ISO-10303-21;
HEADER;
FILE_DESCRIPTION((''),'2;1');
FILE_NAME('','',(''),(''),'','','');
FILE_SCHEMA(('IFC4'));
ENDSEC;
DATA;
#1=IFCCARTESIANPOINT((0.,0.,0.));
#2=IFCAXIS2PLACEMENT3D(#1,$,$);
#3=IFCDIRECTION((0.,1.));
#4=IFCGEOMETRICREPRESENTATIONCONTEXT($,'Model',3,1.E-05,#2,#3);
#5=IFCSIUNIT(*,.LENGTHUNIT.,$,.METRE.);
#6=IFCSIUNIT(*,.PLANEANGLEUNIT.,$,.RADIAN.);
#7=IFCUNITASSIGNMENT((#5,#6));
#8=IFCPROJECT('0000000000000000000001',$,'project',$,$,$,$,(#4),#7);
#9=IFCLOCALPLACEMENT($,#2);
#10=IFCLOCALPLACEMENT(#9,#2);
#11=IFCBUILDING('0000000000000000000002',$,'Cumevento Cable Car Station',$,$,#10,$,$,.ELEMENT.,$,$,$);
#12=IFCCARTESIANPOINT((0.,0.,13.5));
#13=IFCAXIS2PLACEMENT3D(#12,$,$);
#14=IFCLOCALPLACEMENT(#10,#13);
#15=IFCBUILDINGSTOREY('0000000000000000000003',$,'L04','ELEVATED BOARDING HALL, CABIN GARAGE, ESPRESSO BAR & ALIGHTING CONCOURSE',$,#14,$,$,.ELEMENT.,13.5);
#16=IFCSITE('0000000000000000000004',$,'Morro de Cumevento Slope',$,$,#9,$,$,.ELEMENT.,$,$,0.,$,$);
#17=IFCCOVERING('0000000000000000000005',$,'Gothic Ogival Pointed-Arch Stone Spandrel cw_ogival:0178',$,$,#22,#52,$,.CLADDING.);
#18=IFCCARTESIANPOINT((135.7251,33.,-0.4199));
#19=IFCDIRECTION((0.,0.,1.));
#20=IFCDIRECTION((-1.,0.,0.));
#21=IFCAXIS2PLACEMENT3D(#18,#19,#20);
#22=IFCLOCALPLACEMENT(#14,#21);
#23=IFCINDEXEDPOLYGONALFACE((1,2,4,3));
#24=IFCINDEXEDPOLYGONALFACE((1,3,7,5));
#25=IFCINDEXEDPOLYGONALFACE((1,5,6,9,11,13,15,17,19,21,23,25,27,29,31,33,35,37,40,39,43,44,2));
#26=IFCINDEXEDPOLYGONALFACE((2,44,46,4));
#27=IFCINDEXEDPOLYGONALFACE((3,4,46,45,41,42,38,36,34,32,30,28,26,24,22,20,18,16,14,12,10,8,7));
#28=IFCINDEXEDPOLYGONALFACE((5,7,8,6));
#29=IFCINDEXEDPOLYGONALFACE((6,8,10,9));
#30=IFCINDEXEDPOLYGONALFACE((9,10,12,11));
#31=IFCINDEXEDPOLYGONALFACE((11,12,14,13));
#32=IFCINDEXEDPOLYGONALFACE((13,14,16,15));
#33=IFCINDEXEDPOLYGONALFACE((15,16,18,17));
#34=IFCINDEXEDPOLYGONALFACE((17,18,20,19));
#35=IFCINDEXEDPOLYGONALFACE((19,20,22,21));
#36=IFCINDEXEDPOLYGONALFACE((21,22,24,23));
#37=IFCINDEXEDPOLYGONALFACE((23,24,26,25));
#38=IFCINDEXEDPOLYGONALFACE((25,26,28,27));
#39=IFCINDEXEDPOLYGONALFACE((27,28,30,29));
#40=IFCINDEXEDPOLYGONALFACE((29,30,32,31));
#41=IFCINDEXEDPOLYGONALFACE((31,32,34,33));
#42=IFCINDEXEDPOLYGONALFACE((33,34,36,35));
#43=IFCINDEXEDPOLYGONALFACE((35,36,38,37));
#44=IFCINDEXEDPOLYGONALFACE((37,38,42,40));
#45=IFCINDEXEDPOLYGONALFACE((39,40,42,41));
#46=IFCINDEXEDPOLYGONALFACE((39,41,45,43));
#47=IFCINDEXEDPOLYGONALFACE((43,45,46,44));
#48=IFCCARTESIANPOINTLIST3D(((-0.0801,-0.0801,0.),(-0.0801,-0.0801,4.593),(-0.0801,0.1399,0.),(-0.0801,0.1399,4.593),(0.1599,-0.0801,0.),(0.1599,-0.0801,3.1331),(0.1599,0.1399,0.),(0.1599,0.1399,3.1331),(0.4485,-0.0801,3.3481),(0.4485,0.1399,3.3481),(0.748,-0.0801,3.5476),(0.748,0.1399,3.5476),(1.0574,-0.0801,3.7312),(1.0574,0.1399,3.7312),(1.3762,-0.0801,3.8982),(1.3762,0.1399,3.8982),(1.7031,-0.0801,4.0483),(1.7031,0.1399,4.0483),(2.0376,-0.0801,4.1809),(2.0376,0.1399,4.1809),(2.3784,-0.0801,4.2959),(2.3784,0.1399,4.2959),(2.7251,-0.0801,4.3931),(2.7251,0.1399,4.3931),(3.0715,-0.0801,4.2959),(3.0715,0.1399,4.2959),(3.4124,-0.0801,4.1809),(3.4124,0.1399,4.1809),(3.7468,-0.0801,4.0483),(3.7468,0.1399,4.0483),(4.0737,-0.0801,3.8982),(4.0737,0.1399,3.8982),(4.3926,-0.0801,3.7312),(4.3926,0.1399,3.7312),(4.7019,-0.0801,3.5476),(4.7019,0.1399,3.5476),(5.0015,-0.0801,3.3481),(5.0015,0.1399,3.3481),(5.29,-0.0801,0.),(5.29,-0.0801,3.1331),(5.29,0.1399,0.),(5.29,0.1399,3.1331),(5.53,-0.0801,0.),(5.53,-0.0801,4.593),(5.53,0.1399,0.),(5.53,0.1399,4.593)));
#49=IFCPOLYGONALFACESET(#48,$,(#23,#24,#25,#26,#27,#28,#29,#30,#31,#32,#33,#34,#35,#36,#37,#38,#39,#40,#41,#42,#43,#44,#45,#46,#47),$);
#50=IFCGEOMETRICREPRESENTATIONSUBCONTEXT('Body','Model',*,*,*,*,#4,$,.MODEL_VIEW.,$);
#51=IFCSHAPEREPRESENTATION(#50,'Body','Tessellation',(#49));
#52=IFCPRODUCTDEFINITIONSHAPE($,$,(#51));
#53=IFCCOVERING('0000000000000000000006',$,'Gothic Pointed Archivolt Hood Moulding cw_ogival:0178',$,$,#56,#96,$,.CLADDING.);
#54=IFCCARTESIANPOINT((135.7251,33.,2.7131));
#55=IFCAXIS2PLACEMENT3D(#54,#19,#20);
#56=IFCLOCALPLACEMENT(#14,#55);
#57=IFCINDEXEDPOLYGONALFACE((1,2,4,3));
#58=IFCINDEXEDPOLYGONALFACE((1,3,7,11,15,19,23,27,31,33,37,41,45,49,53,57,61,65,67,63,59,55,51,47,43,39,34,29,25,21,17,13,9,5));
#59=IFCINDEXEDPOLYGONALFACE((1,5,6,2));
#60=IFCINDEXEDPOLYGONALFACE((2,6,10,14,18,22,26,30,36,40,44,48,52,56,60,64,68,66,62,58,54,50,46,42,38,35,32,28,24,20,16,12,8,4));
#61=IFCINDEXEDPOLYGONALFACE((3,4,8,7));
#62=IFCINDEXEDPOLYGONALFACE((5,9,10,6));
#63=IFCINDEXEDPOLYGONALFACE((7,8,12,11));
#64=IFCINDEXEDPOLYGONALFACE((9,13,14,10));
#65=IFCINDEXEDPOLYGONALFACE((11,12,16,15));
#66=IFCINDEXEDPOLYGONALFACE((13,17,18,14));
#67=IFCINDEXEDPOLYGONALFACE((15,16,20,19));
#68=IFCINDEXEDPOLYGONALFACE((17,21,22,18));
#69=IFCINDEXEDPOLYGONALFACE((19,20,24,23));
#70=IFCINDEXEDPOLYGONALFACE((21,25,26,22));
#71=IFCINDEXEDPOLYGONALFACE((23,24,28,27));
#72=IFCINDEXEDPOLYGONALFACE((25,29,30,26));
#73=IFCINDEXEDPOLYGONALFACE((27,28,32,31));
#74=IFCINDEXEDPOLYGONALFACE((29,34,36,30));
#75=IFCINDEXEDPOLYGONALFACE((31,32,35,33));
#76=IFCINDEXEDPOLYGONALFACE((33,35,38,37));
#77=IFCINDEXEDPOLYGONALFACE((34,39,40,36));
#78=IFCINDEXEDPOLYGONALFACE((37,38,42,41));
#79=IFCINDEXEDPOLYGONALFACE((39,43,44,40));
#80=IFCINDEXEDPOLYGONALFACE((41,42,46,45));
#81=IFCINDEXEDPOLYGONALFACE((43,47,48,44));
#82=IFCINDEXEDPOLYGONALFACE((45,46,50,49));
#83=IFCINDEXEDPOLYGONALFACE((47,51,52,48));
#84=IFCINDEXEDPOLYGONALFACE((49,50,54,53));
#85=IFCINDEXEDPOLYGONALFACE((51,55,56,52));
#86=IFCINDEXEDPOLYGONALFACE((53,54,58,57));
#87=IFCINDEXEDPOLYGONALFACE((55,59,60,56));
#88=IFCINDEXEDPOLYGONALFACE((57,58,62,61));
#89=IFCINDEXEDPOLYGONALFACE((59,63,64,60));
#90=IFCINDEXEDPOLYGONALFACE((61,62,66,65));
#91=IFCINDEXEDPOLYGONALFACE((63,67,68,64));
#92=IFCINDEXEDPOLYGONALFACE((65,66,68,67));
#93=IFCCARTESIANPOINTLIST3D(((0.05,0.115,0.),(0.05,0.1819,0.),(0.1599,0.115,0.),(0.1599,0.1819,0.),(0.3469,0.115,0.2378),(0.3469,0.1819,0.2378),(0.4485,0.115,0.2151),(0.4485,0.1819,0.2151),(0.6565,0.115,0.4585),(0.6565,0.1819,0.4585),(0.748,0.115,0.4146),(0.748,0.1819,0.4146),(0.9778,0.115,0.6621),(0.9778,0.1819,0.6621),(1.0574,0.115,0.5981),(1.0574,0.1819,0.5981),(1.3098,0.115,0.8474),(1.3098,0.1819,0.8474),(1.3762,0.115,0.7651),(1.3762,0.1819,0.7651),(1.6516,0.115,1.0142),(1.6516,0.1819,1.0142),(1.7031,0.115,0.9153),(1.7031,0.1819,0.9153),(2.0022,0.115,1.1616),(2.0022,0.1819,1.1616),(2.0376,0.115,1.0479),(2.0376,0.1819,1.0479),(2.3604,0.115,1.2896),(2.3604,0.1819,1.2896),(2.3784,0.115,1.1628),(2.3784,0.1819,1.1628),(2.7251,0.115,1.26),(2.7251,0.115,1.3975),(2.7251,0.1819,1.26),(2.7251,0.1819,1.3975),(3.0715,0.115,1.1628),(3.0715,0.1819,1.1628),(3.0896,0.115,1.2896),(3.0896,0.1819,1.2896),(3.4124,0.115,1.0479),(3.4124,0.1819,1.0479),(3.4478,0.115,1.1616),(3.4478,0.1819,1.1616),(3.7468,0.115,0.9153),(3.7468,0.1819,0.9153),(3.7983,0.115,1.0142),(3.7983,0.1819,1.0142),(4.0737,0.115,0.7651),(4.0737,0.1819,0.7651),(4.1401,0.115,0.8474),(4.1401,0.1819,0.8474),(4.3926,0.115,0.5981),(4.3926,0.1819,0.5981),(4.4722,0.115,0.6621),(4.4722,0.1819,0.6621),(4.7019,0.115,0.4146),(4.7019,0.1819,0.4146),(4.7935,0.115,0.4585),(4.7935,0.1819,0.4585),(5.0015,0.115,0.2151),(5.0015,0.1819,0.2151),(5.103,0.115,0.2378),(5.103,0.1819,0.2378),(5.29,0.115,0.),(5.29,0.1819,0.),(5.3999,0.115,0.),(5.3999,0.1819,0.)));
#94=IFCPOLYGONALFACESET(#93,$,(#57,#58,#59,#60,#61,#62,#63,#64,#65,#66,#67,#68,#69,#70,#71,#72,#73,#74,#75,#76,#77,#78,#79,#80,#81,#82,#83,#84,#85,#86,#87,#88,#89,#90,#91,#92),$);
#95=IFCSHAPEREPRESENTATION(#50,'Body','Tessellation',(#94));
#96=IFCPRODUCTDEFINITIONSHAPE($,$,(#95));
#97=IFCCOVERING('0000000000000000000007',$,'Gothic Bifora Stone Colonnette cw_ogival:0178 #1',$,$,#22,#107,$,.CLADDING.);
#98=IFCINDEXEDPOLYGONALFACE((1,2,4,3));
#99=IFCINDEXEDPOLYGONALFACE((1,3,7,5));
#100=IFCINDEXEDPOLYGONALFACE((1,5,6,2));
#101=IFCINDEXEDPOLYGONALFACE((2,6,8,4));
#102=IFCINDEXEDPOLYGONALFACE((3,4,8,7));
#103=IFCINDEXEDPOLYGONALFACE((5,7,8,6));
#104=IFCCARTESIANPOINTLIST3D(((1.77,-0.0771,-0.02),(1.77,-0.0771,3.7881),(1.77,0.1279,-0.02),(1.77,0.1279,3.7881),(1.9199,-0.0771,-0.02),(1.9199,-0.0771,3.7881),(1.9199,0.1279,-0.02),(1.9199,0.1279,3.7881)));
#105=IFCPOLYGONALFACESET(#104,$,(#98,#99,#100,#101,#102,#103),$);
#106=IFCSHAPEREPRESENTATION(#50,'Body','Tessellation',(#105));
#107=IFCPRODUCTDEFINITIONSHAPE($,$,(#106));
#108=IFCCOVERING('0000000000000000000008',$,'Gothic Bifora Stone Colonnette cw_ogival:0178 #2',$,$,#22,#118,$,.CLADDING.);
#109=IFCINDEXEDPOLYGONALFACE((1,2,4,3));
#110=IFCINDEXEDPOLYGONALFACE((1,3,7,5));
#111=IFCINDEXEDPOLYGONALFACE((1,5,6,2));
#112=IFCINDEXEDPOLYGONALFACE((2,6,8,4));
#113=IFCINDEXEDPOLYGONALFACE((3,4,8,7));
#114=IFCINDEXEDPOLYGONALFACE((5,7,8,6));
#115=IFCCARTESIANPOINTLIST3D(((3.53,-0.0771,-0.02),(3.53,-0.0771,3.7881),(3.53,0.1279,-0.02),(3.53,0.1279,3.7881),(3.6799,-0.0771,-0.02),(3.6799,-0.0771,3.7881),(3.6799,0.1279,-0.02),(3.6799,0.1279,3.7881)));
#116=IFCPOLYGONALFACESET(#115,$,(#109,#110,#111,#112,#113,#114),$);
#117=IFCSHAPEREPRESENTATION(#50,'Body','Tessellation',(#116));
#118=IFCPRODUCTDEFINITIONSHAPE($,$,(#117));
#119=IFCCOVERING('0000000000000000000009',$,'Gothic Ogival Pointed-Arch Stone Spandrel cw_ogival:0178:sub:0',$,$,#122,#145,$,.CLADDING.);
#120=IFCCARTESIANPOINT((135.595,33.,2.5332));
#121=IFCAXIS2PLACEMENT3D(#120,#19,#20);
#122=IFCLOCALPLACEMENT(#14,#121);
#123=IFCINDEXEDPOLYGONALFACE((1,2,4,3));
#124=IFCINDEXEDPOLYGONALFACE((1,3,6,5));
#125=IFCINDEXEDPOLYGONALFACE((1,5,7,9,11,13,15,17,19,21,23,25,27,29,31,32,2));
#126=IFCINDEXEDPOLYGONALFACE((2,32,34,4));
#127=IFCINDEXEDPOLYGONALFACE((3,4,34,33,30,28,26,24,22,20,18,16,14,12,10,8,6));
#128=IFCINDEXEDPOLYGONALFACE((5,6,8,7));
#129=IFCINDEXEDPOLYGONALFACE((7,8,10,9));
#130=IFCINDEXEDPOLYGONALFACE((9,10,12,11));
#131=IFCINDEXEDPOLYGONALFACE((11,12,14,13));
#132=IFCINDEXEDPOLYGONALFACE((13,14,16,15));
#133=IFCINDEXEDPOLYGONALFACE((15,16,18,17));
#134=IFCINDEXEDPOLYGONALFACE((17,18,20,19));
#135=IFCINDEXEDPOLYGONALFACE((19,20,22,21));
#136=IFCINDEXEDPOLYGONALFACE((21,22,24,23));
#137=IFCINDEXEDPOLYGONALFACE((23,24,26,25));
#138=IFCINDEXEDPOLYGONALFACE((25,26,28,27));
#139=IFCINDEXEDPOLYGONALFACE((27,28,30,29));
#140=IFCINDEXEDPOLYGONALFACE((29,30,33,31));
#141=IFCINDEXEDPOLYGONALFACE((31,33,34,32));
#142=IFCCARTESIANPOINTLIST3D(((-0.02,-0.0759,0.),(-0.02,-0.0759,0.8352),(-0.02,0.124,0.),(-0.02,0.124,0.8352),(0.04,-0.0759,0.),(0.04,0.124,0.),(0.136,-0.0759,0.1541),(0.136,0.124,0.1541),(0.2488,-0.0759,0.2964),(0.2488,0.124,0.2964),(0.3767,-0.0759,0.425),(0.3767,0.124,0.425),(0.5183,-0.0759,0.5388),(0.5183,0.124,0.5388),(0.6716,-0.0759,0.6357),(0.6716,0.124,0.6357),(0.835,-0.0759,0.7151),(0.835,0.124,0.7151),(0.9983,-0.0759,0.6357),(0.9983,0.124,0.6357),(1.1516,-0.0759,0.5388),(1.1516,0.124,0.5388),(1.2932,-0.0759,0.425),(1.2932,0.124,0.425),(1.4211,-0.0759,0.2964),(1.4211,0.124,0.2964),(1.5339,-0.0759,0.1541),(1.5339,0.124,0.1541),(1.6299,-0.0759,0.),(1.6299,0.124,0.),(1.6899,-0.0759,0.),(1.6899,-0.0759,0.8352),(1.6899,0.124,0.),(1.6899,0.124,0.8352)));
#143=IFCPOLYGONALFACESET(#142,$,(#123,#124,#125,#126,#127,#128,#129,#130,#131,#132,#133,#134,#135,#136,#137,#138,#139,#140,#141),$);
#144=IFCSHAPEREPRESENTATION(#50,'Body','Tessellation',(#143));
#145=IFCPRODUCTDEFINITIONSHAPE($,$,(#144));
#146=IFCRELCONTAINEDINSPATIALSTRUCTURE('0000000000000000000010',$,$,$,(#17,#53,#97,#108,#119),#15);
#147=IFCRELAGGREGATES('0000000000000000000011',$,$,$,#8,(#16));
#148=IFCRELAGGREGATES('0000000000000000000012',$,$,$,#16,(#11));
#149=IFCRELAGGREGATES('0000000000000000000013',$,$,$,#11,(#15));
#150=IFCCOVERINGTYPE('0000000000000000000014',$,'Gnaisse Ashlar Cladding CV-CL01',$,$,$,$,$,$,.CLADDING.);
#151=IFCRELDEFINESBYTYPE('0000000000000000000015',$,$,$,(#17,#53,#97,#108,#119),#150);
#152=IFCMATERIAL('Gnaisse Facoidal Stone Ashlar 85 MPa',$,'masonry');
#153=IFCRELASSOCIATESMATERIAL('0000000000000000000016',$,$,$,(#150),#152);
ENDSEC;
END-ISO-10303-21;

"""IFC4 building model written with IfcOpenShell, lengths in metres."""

from ifc_helpers import new_model, si_unit, direction, frame, origin, place, context, subcontext, project, spatial, polyline, outline, extrude, material, type_object, element, save


model = new_model("IFC4")

# Units and contexts
model_context = context("Model", 3, precision=1e-05, world=origin(), true_north=direction((0.0, 1.0)))
body_context = subcontext(model_context, "Body", "Model", "MODEL_VIEW")
ifc_project = project(units=[si_unit("LENGTHUNIT", "METRE"), si_unit("PLANEANGLEUNIT", "RADIAN")], contexts=[model_context])

# Site, building, storey
site_placement = place(None, origin())
site = spatial("IfcSite", under=ifc_project, at=site_placement, Name="Morro de Cumevento Slope", CompositionType="ELEMENT", RefElevation=0.0)
building_placement = place(site_placement, origin())
building = spatial("IfcBuilding", under=site, at=building_placement, Name="Cumevento Cable Car Station", CompositionType="ELEMENT")
storey_placement = place(building_placement, frame((0.0, 0.0, 13.5)))
storey = spatial("IfcBuildingStorey", under=building, at=storey_placement, Name="L04", Description="ELEVATED BOARDING HALL, CABIN GARAGE, ESPRESSO BAR & ALIGHTING CONCOURSE", CompositionType="ELEMENT", Elevation=13.5)

# Coverings
ifc_material_1 = material(Name="Gnaisse Facoidal Stone Ashlar 85 MPa", Category="masonry")
covering_type = type_object("IfcCoveringType", Name="Gnaisse Ashlar Cladding CV-CL01", PredefinedType="CLADDING", material=ifc_material_1)
placement = place(storey_placement, frame((135.7251, 33.0, -0.4199), z_axis=(0.0, 0.0, 1.0), x_axis=(-1.0, 0.0, 0.0)))
element("IfcCovering", 1, at=placement, inside=storey, type_object=covering_type, Name="Gothic Ogival Pointed-Arch Stone Spandrel cw_ogival:0178", PredefinedType="CLADDING", context=body_context, shape_type="SweptSolid", body=[
    extrude(outline(polyline([(-0.0801, 0.0), (-0.0801, 4.593), (5.53, 4.593), (5.53, 0.0), (5.29, 0.0), (5.29, 3.1331), (5.0015, 3.3481), (4.7019, 3.5476), (4.3926, 3.7312), (4.0737, 3.8982), (3.7468, 4.0483), (3.4124, 4.1809), (3.0715, 4.2959), (2.7251, 4.3931), (2.3784, 4.2959), (2.0376, 4.1809), (1.7031, 4.0483), (1.3762, 3.8982), (1.0574, 3.7312), (0.748, 3.5476), (0.4485, 3.3481), (0.1599, 3.1331), (0.1599, 0.0), (-0.0801, 0.0)])), frame((0.0, 0.1399, 0.0), z_axis=(0.0, -1.0, 0.0), x_axis=(1.0, 0.0, 0.0)), (0.0, 0.0, 1.0), 0.22),
])
covering_1_placement = place(storey_placement, frame((135.7251, 33.0, 2.7131), z_axis=(0.0, 0.0, 1.0), x_axis=(-1.0, 0.0, 0.0)))
element("IfcCovering", 2, at=covering_1_placement, inside=storey, type_object=covering_type, Name="Gothic Pointed Archivolt Hood Moulding cw_ogival:0178", PredefinedType="CLADDING", context=body_context, shape_type="SweptSolid", body=[
    extrude(outline(polyline([(0.1599, 0.0), (0.4485, 0.2151), (0.748, 0.4146), (1.0574, 0.5981), (1.3762, 0.7651), (1.7031, 0.9153), (2.0376, 1.0479), (2.3784, 1.1628), (2.7251, 1.26), (3.0715, 1.1628), (3.4124, 1.0479), (3.7468, 0.9153), (4.0737, 0.7651), (4.3926, 0.5981), (4.7019, 0.4146), (5.0015, 0.2151), (5.29, 0.0), (5.3999, 0.0), (5.103, 0.2378), (4.7935, 0.4585), (4.4722, 0.6621), (4.1401, 0.8474), (3.7983, 1.0142), (3.4478, 1.1616), (3.0896, 1.2896), (2.7251, 1.3975), (2.3604, 1.2896), (2.0022, 1.1616), (1.6516, 1.0142), (1.3098, 0.8474), (0.9778, 0.6621), (0.6565, 0.4585), (0.3469, 0.2378), (0.05, 0.0), (0.1599, 0.0)])), frame((0.0, 0.1819, 0.0), z_axis=(0.0, -1.0, 0.0), x_axis=(1.0, 0.0, 0.0)), (0.0, 0.0, 1.0), 0.0669),
])
element("IfcCovering", 3, at=placement, inside=storey, type_object=covering_type, Name="Gothic Bifora Stone Colonnette cw_ogival:0178 #1", PredefinedType="CLADDING", context=body_context, shape_type="SweptSolid", body=[
    extrude(outline(polyline([(1.77, -0.02), (1.9199, -0.02), (1.9199, 3.7881), (1.77, 3.7881), (1.77, -0.02)])), frame((0.0, 0.1279, 0.0), z_axis=(0.0, -1.0, 0.0), x_axis=(1.0, 0.0, 0.0)), (0.0, 0.0, 1.0), 0.2051),
])
element("IfcCovering", 4, at=placement, inside=storey, type_object=covering_type, Name="Gothic Bifora Stone Colonnette cw_ogival:0178 #2", PredefinedType="CLADDING", context=body_context, shape_type="SweptSolid", body=[
    extrude(outline(polyline([(3.53, -0.02), (3.6799, -0.02), (3.6799, 3.7881), (3.53, 3.7881), (3.53, -0.02)])), frame((0.0, 0.1279, 0.0), z_axis=(0.0, -1.0, 0.0), x_axis=(1.0, 0.0, 0.0)), (0.0, 0.0, 1.0), 0.2051),
])
covering_2_placement = place(storey_placement, frame((135.595, 33.0, 2.5332), z_axis=(0.0, 0.0, 1.0), x_axis=(-1.0, 0.0, 0.0)))
element("IfcCovering", 5, at=covering_2_placement, inside=storey, type_object=covering_type, Name="Gothic Ogival Pointed-Arch Stone Spandrel cw_ogival:0178:sub:0", PredefinedType="CLADDING", context=body_context, shape_type="SweptSolid", body=[
    extrude(outline(polyline([(-0.02, 0.0), (-0.02, 0.8352), (1.6899, 0.8352), (1.6899, 0.0), (1.6299, 0.0), (1.5339, 0.1541), (1.4211, 0.2964), (1.2932, 0.425), (1.1516, 0.5388), (0.9983, 0.6357), (0.835, 0.7151), (0.6716, 0.6357), (0.5183, 0.5388), (0.3767, 0.425), (0.2488, 0.2964), (0.136, 0.1541), (0.04, 0.0), (-0.02, 0.0)])), frame((0.0, 0.124, 0.0), z_axis=(0.0, -1.0, 0.0), x_axis=(1.0, 0.0, 0.0)), (0.0, 0.0, 1.0), 0.2),
])

save(model, "model.ifc")
